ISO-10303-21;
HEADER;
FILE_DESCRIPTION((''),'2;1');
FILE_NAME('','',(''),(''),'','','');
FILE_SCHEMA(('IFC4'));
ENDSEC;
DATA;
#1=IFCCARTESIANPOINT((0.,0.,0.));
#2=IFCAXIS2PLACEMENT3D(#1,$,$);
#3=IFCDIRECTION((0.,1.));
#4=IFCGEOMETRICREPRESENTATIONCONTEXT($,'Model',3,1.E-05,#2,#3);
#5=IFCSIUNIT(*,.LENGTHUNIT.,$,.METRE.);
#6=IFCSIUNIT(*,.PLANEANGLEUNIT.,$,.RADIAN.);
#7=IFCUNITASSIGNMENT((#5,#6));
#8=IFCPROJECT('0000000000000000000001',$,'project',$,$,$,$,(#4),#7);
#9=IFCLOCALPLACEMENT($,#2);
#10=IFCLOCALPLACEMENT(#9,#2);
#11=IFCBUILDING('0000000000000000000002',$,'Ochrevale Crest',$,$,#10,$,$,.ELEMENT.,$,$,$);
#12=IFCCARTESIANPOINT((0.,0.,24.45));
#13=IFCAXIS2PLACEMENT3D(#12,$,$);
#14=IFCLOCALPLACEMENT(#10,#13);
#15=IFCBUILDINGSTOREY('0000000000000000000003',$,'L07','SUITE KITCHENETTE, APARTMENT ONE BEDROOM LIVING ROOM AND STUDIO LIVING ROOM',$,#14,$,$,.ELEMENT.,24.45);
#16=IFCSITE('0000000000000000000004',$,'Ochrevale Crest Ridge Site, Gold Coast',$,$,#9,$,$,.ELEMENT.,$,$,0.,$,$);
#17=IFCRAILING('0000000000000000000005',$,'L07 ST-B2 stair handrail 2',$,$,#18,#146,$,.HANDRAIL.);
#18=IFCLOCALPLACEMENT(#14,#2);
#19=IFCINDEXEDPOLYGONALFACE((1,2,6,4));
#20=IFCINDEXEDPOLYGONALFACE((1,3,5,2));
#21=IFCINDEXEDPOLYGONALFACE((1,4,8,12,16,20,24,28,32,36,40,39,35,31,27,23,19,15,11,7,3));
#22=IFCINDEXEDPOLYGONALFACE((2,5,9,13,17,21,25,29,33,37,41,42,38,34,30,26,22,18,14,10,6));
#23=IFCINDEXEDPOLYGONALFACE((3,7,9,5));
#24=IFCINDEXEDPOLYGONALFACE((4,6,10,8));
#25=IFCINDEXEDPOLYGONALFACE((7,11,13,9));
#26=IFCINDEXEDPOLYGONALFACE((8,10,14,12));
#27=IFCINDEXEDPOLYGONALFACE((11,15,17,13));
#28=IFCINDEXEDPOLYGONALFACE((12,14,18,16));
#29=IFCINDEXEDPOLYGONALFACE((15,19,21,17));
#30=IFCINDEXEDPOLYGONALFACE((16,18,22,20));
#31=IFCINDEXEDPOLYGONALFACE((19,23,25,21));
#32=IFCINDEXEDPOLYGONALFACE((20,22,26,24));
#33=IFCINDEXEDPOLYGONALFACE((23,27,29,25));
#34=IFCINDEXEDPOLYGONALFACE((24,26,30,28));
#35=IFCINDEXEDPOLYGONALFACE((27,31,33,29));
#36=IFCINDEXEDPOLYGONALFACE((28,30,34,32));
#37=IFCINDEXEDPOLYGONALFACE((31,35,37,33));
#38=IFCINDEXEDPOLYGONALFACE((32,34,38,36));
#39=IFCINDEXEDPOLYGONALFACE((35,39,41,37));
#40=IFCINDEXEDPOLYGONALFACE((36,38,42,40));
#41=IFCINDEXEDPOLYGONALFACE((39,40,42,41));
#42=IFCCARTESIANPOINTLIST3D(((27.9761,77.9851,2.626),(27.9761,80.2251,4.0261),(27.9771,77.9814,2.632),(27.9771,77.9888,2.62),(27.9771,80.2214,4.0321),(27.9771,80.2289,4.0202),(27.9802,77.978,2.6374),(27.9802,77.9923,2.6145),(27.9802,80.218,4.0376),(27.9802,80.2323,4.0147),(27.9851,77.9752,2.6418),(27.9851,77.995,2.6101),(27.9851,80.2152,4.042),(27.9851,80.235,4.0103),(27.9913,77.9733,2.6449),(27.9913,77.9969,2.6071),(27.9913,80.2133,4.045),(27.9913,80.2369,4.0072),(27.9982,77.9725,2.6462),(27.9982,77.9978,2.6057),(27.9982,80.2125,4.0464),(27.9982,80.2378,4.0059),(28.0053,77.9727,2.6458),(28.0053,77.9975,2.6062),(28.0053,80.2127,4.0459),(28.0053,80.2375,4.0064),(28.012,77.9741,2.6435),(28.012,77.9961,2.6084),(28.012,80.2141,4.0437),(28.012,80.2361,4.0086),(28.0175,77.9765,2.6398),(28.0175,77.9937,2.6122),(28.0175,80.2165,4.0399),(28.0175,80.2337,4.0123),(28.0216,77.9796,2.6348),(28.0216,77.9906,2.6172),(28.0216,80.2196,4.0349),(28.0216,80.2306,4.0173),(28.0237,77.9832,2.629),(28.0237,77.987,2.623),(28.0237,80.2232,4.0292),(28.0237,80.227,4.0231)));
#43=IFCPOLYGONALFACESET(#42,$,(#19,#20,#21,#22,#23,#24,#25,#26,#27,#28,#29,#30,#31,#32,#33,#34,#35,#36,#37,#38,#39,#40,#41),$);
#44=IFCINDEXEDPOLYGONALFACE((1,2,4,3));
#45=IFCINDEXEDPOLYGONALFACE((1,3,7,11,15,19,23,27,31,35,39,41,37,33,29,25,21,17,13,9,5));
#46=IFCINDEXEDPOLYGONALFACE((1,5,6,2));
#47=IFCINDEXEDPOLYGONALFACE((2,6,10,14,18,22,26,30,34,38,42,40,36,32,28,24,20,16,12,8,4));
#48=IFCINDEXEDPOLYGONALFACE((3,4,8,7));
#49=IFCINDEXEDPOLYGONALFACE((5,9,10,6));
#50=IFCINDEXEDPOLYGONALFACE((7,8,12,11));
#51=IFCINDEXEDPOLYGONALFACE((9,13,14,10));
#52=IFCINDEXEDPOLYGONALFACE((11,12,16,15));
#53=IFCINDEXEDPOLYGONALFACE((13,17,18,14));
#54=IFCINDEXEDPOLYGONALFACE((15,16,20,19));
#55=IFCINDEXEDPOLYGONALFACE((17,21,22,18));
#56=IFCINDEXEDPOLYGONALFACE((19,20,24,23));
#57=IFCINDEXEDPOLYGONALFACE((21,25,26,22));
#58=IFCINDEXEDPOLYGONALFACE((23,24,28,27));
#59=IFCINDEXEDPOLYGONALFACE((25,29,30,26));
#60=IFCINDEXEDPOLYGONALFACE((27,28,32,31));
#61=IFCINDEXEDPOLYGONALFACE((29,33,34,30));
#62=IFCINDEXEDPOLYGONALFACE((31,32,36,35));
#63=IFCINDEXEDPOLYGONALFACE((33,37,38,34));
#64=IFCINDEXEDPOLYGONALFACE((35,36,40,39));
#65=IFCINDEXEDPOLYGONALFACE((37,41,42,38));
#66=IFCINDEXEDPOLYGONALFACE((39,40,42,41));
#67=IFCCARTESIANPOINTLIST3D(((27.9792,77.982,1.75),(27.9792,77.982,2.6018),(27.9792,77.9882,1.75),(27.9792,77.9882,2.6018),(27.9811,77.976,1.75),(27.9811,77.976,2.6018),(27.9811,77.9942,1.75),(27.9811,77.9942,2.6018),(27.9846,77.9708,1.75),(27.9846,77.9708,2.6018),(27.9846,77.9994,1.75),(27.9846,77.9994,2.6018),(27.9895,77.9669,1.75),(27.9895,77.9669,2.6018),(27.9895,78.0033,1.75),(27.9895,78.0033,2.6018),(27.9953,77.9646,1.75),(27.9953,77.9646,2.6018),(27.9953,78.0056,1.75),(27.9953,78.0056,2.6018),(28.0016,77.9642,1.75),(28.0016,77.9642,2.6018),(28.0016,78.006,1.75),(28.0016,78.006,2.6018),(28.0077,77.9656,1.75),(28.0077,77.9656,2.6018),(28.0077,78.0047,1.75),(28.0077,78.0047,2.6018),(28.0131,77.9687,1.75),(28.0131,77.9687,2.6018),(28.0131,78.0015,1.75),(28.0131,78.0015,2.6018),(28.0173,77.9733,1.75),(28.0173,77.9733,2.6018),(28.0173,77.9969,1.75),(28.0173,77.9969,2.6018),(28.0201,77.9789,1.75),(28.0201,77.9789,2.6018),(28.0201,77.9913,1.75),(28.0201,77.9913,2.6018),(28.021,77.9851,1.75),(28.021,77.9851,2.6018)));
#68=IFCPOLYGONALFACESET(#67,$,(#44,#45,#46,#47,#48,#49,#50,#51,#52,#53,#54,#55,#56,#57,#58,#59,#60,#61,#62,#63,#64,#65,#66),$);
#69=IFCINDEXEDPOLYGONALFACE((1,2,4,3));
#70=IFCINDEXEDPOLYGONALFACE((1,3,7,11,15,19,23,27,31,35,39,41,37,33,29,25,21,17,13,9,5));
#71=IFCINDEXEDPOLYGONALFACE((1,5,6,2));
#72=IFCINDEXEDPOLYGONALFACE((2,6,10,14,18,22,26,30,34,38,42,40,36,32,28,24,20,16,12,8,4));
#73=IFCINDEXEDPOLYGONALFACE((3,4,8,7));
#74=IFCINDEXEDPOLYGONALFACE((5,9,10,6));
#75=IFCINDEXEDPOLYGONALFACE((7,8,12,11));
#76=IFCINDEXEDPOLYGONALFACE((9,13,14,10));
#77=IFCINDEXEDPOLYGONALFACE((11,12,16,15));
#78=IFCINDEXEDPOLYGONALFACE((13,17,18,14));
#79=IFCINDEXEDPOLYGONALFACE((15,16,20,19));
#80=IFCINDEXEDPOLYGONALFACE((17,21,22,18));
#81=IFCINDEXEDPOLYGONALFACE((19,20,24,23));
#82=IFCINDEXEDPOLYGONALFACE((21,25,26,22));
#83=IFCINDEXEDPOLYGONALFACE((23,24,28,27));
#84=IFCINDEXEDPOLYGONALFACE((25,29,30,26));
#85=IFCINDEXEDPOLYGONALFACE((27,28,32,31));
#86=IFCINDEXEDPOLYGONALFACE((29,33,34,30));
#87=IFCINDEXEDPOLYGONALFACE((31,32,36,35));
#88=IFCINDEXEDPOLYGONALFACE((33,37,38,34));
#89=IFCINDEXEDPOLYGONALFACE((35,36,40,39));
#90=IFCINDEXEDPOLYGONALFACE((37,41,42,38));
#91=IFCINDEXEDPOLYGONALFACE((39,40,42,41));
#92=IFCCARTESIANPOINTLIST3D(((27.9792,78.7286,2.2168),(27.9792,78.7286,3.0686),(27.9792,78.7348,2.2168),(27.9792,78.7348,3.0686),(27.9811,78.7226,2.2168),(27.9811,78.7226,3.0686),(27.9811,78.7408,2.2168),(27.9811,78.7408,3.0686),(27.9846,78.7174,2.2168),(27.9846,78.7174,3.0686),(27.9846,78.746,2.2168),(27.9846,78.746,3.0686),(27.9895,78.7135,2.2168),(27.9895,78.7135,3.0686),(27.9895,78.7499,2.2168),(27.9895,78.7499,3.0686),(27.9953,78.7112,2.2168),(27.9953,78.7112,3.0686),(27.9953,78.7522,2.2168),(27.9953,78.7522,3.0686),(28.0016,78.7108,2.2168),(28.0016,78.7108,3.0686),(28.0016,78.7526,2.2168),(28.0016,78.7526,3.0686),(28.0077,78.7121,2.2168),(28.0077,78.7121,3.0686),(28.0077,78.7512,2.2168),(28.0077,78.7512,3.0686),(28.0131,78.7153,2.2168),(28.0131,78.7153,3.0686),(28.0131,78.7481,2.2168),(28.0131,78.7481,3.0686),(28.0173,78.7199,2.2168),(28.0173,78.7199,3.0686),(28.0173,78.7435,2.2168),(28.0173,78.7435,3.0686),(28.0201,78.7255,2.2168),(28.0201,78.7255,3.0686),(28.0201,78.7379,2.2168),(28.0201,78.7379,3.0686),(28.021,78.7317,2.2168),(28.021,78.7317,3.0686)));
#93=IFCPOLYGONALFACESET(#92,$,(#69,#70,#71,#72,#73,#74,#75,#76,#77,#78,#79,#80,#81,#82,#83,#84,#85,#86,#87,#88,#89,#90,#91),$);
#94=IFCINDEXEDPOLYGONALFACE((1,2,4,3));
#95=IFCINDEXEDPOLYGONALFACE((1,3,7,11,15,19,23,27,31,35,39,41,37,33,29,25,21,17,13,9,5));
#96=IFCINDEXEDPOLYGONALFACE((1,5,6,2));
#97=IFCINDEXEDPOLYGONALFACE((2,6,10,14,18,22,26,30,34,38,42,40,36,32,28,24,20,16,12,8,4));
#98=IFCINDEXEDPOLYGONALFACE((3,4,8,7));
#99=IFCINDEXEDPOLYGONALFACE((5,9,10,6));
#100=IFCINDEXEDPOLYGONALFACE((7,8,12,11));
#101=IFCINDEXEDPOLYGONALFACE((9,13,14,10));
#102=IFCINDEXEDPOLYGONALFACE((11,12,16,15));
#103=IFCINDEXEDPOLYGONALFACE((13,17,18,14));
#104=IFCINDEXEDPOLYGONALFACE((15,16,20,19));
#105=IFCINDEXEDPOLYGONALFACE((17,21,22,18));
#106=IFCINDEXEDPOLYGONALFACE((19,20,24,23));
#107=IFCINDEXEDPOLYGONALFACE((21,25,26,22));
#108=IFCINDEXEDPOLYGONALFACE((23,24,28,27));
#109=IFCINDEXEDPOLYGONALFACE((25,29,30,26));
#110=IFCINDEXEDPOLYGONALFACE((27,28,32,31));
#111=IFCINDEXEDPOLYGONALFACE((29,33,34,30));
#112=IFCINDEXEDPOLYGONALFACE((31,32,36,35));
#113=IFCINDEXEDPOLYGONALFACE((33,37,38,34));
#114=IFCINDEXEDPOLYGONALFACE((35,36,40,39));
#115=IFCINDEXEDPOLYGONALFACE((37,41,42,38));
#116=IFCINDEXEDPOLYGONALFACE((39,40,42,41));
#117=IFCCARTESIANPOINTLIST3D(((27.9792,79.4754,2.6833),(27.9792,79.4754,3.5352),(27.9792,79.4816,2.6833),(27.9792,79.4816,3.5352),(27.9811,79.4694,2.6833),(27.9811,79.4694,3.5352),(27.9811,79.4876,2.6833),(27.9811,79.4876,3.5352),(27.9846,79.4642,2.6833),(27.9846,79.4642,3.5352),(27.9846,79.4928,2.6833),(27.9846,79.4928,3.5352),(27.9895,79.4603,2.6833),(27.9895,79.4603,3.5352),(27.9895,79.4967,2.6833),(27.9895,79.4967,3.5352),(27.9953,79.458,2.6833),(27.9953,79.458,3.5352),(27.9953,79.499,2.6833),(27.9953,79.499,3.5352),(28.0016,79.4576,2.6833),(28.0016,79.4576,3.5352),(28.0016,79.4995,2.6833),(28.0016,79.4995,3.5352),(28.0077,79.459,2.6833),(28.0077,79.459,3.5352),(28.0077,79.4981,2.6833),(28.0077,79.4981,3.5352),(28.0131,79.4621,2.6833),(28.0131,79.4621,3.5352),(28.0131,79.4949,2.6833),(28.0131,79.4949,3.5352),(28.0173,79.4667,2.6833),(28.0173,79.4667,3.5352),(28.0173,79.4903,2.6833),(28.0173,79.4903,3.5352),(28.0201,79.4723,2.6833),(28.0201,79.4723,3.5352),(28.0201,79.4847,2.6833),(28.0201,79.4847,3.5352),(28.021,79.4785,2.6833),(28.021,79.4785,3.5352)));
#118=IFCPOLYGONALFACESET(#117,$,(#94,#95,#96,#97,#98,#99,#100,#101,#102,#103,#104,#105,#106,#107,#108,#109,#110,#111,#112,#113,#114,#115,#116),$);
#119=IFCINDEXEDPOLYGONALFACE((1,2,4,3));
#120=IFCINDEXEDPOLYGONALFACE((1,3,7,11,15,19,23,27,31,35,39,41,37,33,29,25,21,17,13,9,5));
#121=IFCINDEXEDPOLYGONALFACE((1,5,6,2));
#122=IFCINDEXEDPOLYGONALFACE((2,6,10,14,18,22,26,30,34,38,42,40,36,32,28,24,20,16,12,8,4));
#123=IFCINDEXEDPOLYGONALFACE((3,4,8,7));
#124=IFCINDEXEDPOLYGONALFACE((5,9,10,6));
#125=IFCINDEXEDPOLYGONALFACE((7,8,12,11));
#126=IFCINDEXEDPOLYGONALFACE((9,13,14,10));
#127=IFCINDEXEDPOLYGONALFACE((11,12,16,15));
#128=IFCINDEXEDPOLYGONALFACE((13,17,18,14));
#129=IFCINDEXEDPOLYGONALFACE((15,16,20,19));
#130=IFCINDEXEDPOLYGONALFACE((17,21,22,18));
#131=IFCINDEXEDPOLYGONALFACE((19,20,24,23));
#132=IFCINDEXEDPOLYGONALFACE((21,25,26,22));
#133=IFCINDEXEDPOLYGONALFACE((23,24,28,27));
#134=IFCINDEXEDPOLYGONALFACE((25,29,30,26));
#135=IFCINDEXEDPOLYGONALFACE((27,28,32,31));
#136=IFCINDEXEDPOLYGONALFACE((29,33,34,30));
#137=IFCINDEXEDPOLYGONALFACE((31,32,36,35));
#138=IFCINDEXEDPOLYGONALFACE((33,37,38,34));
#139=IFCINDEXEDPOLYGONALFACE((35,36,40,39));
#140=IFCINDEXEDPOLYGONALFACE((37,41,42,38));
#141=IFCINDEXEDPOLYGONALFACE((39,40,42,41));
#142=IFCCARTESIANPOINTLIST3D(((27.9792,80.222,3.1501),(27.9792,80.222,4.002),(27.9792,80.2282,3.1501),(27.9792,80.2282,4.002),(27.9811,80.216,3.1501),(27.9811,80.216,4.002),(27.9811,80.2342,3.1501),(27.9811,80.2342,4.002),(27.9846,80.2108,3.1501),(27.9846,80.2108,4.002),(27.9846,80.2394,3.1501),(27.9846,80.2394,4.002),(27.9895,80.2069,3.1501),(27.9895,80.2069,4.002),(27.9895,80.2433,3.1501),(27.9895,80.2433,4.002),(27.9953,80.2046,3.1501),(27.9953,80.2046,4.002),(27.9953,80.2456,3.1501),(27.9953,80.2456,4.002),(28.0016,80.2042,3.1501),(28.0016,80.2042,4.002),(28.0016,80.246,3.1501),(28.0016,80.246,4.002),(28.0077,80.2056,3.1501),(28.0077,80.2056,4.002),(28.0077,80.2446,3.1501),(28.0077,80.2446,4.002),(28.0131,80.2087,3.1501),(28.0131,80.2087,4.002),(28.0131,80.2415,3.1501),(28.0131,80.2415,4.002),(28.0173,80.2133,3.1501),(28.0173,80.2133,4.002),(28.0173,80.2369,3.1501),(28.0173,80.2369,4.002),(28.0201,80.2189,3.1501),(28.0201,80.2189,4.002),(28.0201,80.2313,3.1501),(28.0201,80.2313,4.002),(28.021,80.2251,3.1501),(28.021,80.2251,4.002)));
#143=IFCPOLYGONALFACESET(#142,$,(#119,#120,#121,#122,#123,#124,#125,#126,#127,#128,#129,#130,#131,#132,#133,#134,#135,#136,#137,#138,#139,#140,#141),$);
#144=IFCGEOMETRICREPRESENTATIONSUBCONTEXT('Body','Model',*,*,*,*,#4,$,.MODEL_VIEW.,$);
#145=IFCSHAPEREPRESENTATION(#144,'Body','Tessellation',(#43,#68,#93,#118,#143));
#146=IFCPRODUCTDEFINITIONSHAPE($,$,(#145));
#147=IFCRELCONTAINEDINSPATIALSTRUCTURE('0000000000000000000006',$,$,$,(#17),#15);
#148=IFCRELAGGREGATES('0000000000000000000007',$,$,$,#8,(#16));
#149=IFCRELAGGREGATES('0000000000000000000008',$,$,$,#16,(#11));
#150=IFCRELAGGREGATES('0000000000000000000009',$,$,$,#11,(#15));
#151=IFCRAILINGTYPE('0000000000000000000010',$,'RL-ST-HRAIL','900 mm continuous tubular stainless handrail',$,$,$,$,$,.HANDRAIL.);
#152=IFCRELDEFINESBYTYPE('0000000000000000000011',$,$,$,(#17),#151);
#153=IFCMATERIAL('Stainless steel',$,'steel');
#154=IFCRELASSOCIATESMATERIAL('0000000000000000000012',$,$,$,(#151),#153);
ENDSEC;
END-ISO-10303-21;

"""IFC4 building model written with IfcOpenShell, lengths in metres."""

from ifc_helpers import new_model, si_unit, direction, frame, origin, origin_2d, place, context, subcontext, project, spatial, circle, extrude, material, type_object, element, save


model = new_model("IFC4")

# Units and contexts
model_context = context("Model", 3, precision=1e-05, world=origin(), true_north=direction((0.0, 1.0)))
body_context = subcontext(model_context, "Body", "Model", "MODEL_VIEW")
ifc_project = project(units=[si_unit("LENGTHUNIT", "METRE"), si_unit("PLANEANGLEUNIT", "RADIAN")], contexts=[model_context])

# Site, building, storey
site_placement = place(None, origin())
site = spatial("IfcSite", under=ifc_project, at=site_placement, Name="Ochrevale Crest Ridge Site, Gold Coast", CompositionType="ELEMENT", RefElevation=0.0)
building_placement = place(site_placement, origin())
building = spatial("IfcBuilding", under=site, at=building_placement, Name="Ochrevale Crest", CompositionType="ELEMENT")
storey_placement = place(building_placement, frame((0.0, 0.0, 24.45)))
storey = spatial("IfcBuildingStorey", under=building, at=storey_placement, Name="L07", Description="SUITE KITCHENETTE, APARTMENT ONE BEDROOM LIVING ROOM AND STUDIO LIVING ROOM", CompositionType="ELEMENT", Elevation=24.45)

# Railing
ifc_material_1 = material(Name="Stainless steel", Category="steel")
railing_type_1 = type_object("IfcRailingType", Name="RL-ST-HRAIL", Description="900 mm continuous tubular stainless handrail", PredefinedType="HANDRAIL", material=ifc_material_1)
railing_1_placement = place(storey_placement, frame((28.0, 77.9851, 1.75)))
element("IfcRailing", 1, at=railing_1_placement, inside=storey, type_object=railing_type_1, Name="L07 ST-B2 stair handrail 2", PredefinedType="HANDRAIL", context=body_context, shape_type="SweptSolid", body=[
    extrude(circle(Radius=0.0239, at=origin_2d()), frame((0.0, 0.0, 0.876), z_axis=(0.0, 0.847972, 0.53004), x_axis=(-1.0, 0.0, 0.0)), (0.0, 0.0, 1.0), 2.6416),
    extrude(circle(Radius=0.021, at=origin_2d()), origin(), (0.0, 0.0, 1.0), 0.8518),
    extrude(circle(Radius=0.021, at=origin_2d()), frame((0.0, 0.7466, 0.4668)), (0.0, 0.0, 1.0), 0.8518),
    extrude(circle(Radius=0.021, at=origin_2d()), frame((0.0, 1.4934, 0.9333)), (0.0, 0.0, 1.0), 0.8518),
    extrude(circle(Radius=0.021, at=origin_2d()), frame((0.0, 2.24, 1.4001)), (0.0, 0.0, 1.0), 0.8518),
])

save(model, "model.ifc")
